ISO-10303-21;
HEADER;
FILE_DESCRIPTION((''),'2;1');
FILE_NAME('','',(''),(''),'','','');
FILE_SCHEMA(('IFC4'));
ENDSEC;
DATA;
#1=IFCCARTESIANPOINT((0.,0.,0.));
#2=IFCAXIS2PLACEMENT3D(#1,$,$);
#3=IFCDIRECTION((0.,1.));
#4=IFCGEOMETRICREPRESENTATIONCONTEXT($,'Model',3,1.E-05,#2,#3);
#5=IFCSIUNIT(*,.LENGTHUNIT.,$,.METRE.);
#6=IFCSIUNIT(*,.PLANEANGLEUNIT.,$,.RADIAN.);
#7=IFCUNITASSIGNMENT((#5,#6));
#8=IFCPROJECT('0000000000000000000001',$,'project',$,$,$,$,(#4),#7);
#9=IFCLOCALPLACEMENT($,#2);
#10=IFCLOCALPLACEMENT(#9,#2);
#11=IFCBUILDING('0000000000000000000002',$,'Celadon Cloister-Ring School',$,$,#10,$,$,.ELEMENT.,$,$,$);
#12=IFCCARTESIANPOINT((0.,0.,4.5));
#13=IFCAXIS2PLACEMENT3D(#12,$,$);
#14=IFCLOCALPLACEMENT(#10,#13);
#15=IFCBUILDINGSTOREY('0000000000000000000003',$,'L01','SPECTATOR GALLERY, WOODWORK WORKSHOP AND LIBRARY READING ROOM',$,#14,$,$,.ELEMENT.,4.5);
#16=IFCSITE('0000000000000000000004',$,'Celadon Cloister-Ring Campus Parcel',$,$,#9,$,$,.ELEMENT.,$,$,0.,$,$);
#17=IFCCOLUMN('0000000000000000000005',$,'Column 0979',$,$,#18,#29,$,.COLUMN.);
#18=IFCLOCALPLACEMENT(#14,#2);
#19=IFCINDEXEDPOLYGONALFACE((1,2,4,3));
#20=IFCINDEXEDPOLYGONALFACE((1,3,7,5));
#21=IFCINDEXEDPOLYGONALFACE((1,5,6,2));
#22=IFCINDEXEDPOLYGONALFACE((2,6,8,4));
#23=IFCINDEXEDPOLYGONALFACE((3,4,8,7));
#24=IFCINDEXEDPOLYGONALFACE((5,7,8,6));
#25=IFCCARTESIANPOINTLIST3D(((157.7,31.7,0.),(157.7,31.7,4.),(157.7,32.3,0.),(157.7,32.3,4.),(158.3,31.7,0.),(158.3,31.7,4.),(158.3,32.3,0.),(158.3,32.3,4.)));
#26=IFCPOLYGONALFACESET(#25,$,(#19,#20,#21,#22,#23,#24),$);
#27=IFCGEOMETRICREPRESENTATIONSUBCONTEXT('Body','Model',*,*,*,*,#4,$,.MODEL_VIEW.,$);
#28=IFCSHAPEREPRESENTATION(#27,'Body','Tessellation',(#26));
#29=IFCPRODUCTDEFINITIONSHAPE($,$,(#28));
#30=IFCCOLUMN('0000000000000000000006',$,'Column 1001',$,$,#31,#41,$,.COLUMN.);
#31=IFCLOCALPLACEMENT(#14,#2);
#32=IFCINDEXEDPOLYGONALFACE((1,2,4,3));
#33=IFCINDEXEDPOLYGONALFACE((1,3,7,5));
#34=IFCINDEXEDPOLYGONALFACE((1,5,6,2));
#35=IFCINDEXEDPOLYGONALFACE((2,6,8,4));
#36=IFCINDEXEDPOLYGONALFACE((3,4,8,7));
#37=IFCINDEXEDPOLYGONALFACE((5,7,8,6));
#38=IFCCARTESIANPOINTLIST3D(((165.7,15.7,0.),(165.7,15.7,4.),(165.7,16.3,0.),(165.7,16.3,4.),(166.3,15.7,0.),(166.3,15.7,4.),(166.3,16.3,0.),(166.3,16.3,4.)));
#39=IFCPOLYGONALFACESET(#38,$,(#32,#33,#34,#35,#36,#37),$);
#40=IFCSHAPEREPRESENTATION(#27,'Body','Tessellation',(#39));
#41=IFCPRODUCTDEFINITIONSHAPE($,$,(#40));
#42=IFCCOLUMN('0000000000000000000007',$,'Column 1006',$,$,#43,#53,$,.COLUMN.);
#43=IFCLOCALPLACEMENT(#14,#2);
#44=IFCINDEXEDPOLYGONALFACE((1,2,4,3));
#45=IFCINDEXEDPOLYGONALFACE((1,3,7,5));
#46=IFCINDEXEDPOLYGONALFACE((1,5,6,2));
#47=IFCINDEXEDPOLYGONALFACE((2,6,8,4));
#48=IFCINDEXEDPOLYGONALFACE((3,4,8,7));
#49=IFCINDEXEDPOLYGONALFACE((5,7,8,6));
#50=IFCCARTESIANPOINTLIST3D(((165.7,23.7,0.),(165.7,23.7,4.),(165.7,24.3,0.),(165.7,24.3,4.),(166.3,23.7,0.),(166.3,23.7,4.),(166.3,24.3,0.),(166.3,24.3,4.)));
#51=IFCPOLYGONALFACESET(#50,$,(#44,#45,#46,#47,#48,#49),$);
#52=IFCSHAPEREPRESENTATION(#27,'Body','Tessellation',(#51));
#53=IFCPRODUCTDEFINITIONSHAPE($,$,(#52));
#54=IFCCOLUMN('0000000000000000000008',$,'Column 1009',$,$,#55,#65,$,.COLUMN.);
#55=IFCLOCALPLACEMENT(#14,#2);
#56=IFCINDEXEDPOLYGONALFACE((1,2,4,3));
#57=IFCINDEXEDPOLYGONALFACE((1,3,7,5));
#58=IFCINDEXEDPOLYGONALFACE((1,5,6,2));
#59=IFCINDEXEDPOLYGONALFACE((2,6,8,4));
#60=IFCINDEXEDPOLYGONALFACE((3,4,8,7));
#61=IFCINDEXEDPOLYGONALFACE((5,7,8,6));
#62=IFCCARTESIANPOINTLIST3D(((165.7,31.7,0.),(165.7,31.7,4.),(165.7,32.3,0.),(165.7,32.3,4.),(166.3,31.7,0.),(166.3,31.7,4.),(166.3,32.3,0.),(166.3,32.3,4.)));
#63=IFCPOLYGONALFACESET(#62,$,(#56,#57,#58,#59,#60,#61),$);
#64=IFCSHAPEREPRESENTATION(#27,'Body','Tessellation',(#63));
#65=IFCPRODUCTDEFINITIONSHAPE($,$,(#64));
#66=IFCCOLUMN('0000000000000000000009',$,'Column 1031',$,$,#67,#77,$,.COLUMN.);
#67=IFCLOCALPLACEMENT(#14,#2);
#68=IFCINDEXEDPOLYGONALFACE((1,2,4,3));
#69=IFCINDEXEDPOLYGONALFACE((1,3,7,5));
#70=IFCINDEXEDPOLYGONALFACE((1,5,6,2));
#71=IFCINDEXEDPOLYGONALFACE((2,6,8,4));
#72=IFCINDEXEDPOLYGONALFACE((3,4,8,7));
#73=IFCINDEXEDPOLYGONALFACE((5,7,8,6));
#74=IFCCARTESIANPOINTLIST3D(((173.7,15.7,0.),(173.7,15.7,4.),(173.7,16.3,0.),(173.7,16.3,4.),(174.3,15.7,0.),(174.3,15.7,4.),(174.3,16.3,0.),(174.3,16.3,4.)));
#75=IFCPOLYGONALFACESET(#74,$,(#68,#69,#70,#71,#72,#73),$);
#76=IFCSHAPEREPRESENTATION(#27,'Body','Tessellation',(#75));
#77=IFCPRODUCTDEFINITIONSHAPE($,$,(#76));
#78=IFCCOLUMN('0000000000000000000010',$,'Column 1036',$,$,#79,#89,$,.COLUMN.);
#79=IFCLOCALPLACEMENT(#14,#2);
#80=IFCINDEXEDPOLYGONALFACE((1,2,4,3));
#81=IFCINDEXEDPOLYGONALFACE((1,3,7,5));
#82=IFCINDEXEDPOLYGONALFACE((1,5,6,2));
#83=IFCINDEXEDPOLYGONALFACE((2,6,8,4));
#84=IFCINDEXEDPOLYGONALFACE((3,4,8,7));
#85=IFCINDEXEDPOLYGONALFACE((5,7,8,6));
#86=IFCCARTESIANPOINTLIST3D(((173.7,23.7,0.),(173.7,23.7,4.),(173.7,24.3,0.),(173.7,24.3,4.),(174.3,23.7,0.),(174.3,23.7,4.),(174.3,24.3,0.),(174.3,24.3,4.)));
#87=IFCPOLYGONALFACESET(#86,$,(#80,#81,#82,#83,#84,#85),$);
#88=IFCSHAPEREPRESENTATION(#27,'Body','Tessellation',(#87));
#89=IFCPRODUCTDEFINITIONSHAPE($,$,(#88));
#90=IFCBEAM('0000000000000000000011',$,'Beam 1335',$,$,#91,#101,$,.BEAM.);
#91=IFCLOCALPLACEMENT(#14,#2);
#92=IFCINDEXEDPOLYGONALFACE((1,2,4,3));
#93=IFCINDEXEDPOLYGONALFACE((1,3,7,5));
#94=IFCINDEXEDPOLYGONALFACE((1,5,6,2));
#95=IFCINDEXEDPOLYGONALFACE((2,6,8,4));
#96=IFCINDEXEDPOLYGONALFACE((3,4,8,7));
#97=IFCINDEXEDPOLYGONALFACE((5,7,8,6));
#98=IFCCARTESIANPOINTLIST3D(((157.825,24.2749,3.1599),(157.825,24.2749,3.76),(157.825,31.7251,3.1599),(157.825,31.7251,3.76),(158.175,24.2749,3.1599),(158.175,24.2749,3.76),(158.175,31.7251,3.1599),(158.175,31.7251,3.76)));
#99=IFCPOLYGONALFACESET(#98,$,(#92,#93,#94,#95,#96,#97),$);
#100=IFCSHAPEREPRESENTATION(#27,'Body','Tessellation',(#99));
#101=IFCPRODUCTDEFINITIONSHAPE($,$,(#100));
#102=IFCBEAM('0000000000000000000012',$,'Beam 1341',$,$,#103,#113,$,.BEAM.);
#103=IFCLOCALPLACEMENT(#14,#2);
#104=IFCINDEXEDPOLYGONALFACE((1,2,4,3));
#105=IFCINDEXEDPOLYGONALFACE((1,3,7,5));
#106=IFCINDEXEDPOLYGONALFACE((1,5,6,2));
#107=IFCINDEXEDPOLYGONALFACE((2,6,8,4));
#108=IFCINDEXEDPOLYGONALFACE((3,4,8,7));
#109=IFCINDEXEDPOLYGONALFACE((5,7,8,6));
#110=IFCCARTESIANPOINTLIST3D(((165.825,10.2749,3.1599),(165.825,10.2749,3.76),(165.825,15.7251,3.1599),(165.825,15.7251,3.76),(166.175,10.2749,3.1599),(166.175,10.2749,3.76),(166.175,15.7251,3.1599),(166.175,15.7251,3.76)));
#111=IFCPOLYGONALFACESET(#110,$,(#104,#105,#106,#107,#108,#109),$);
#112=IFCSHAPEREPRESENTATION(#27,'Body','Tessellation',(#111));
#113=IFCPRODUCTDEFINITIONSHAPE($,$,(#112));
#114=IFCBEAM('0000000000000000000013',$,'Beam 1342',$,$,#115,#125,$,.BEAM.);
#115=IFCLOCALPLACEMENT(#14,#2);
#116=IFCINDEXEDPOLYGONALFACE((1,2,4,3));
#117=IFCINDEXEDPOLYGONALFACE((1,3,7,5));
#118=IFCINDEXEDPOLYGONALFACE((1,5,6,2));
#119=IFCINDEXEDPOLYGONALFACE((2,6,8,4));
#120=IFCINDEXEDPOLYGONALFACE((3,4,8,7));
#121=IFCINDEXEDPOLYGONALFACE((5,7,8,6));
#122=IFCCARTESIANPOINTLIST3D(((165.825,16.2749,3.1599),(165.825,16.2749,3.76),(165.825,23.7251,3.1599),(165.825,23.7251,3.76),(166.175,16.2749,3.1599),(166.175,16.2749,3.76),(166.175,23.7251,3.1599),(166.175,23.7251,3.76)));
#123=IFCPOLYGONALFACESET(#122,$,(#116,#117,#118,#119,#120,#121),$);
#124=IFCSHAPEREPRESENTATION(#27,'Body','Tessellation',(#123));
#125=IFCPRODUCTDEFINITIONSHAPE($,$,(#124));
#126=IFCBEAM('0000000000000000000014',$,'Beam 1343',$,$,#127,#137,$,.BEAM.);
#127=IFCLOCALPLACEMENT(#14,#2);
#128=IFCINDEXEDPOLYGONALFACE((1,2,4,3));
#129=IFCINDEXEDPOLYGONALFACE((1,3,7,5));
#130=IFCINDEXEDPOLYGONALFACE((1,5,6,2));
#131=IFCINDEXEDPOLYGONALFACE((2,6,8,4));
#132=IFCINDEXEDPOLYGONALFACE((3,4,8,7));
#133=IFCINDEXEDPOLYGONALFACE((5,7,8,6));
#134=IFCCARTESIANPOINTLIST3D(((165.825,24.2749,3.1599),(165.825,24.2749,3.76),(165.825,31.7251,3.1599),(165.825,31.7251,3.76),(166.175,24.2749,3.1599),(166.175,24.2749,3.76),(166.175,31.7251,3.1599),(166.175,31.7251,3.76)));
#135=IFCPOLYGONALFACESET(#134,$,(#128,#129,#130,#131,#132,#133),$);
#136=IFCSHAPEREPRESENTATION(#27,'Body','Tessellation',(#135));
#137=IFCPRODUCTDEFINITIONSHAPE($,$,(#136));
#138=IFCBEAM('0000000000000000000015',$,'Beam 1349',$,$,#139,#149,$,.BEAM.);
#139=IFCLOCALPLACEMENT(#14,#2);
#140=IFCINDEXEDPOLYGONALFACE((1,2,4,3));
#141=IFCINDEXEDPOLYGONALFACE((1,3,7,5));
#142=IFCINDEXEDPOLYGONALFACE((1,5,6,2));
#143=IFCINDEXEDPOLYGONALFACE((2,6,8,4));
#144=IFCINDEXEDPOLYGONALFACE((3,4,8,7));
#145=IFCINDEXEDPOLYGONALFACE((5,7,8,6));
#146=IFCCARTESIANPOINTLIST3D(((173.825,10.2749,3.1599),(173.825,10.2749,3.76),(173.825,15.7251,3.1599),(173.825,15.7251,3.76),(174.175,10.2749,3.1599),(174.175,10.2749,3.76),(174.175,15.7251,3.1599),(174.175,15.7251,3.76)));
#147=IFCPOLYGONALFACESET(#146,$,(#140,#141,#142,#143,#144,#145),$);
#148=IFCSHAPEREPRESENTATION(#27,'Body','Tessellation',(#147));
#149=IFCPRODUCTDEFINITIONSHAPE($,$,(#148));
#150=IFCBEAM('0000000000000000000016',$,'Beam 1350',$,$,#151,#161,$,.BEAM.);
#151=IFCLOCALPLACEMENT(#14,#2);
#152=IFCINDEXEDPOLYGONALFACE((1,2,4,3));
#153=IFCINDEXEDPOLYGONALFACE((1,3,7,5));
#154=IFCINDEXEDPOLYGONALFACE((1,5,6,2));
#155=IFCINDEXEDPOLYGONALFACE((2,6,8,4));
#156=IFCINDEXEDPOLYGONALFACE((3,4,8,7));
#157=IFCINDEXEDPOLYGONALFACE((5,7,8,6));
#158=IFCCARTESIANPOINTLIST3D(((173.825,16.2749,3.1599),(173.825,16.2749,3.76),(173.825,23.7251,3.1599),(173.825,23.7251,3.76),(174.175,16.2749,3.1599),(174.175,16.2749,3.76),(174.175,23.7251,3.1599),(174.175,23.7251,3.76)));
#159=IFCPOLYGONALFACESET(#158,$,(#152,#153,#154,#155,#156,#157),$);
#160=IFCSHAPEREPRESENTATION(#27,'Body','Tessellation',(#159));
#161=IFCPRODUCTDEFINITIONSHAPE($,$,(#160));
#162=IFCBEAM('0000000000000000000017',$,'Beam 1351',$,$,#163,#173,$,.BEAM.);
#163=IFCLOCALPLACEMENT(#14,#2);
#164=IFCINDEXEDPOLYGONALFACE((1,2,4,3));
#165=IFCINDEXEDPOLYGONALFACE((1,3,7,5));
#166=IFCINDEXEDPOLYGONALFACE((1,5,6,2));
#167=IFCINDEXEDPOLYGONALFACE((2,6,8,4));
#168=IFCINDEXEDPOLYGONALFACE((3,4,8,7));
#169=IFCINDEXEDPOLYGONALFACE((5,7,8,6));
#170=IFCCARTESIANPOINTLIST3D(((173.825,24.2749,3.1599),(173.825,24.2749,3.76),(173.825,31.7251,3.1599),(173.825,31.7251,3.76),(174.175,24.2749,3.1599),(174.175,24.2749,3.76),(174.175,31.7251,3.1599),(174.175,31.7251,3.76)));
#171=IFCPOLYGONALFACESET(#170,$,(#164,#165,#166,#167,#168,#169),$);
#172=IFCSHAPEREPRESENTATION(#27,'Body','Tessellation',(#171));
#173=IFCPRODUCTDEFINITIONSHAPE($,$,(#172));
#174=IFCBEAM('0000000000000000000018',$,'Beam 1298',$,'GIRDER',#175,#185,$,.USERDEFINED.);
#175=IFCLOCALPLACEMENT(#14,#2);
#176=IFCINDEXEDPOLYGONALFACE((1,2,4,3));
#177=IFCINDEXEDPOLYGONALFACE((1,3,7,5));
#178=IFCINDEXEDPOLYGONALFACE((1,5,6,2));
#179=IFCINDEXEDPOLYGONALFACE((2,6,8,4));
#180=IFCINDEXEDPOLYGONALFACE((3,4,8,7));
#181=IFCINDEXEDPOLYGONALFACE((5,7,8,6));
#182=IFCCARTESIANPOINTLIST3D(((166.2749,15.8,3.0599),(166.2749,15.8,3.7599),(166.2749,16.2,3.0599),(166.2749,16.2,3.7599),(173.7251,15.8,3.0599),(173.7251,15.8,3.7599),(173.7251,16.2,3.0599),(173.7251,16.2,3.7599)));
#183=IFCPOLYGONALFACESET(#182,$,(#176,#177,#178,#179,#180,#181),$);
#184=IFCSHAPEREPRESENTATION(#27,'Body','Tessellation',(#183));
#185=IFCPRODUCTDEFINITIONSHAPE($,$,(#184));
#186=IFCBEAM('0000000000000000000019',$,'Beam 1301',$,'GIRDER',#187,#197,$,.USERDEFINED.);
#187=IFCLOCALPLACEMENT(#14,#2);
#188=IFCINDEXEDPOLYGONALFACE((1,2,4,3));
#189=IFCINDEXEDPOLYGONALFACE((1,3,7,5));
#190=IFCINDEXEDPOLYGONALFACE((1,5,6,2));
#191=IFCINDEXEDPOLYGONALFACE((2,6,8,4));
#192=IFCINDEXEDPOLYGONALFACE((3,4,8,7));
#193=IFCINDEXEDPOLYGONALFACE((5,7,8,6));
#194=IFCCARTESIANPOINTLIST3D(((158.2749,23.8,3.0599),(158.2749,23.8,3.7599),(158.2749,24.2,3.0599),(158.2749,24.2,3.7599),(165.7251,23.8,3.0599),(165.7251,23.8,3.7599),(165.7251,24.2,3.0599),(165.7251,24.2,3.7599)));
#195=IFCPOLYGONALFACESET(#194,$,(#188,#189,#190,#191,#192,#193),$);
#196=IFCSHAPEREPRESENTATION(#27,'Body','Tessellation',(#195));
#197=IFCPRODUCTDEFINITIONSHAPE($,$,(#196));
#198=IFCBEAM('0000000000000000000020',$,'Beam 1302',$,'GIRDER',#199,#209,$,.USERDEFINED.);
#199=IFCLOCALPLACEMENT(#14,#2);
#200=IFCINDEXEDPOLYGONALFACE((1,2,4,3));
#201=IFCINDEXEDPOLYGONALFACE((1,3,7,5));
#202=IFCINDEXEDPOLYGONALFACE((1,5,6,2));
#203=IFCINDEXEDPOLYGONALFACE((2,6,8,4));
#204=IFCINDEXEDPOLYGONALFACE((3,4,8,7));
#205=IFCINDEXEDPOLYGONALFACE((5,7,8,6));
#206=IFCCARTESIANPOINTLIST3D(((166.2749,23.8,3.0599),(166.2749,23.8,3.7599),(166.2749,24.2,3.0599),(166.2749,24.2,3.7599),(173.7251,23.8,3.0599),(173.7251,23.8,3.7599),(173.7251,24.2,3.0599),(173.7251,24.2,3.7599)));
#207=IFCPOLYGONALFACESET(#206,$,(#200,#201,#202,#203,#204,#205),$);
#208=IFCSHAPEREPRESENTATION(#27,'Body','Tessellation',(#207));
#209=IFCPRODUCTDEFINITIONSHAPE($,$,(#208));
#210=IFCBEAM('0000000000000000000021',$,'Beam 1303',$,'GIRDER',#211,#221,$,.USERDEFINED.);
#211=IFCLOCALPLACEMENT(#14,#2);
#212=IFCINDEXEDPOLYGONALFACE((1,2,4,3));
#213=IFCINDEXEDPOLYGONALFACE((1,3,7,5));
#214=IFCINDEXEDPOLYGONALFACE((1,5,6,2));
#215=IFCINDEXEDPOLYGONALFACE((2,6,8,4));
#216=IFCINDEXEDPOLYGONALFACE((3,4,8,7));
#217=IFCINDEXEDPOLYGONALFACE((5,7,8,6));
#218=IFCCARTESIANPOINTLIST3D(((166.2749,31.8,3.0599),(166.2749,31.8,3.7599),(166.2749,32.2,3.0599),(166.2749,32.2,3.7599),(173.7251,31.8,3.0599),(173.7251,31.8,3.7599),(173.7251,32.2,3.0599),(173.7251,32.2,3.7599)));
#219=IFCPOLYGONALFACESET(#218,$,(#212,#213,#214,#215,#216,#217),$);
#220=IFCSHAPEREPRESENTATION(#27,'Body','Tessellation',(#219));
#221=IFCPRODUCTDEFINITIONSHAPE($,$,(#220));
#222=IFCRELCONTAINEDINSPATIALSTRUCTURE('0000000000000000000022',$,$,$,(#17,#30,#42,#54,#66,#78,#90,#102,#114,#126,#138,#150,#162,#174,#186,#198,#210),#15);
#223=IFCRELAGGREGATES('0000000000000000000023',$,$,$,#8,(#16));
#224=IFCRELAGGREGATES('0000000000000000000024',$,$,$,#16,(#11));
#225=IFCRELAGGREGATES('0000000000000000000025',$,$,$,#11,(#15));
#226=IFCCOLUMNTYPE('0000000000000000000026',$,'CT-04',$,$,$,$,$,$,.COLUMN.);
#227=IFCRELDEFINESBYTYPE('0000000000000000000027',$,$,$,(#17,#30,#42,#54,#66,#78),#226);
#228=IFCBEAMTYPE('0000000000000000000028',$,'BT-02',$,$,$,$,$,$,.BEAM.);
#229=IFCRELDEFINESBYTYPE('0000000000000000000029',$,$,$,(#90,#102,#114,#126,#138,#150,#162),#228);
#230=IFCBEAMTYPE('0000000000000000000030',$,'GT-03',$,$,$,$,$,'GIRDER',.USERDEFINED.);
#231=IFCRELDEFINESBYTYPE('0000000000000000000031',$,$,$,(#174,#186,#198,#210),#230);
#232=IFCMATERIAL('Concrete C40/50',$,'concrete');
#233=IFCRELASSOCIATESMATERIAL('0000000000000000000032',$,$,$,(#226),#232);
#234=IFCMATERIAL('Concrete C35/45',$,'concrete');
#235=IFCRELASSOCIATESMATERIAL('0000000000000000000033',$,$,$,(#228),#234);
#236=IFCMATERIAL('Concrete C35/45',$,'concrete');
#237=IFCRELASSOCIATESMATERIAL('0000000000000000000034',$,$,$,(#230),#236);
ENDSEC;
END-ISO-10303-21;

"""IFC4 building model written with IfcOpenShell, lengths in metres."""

from ifc_helpers import new_model, si_unit, direction, frame, origin, origin_2d, place, context, subcontext, project, spatial, rectangle, extrude, material, material_profile, profile_set, type_object, element, save


model = new_model("IFC4")

# Units and contexts
model_context = context("Model", 3, precision=1e-05, world=origin(), true_north=direction((0.0, 1.0)))
body_context = subcontext(model_context, "Body", "Model", "MODEL_VIEW")
ifc_project = project(units=[si_unit("LENGTHUNIT", "METRE"), si_unit("PLANEANGLEUNIT", "RADIAN")], contexts=[model_context])

# Site, building, storey
site_placement = place(None, origin())
site = spatial("IfcSite", under=ifc_project, at=site_placement, Name="Celadon Cloister-Ring Campus Parcel", CompositionType="ELEMENT", RefElevation=0.0)
building_placement = place(site_placement, origin())
building = spatial("IfcBuilding", under=site, at=building_placement, Name="Celadon Cloister-Ring School", CompositionType="ELEMENT")
storey_placement = place(building_placement, frame((0.0, 0.0, 4.5)))
storey = spatial("IfcBuildingStorey", under=building, at=storey_placement, Name="L01", Description="SPECTATOR GALLERY, WOODWORK WORKSHOP AND LIBRARY READING ROOM", CompositionType="ELEMENT", Elevation=4.5)

# Columns
ifc_material_1 = material(Name="Concrete C40/50", Category="concrete")
ifc_material_profile_1 = material_profile(ifc_material_1, rectangle(XDim=0.6001, YDim=0.6001, at=origin_2d()), Name="RC600X600")
ifc_profile_set_1 = profile_set([ifc_material_profile_1], Name="Concrete C40/50")
column_type = type_object("IfcColumnType", Name="CT-04", PredefinedType="COLUMN", material=ifc_profile_set_1)
for number, where, z_axis, x_axis, name in (
    (1, (158.0, 32.0, 0.0), (0.0, 0.0, 1.0), (1.0, 0.0, 0.0), "Column 0979"),
    (2, (166.0, 16.0, 0.0), (0.0, 0.0, 1.0), (1.0, 0.0, 0.0), "Column 1001"),
    (3, (166.0, 24.0, 0.0), (0.0, 0.0, 1.0), (1.0, 0.0, 0.0), "Column 1006"),
    (4, (166.0, 32.0, 0.0), (0.0, 0.0, 1.0), (1.0, 0.0, 0.0), "Column 1009"),
    (5, (174.0, 16.0, 0.0), (0.0, 0.0, 1.0), (1.0, 0.0, 0.0), "Column 1031"),
    (6, (174.0, 24.0, 0.0), (0.0, 0.0, 1.0), (1.0, 0.0, 0.0), "Column 1036"),
):
    element("IfcColumn", number, at=place(storey_placement, frame(where, z_axis=z_axis, x_axis=x_axis)), inside=storey, type_object=column_type, Name=name, PredefinedType="COLUMN", context=body_context, shape_type="SweptSolid", body=[
        extrude(rectangle(XDim=0.6001, YDim=0.6001, at=origin_2d()), origin(), (0.0, 0.0, 1.0), 4.0),
    ])

# Beams
ifc_material_2 = material(Name="Concrete C35/45", Category="concrete")
ifc_material_profile_2 = material_profile(ifc_material_2, rectangle(XDim=0.3501, YDim=0.6001, at=origin_2d()), Name="RC350X600")
ifc_profile_set_2 = profile_set([ifc_material_profile_2], Name="Concrete C35/45")
beam_type_1 = type_object("IfcBeamType", Name="BT-02", PredefinedType="BEAM", material=ifc_profile_set_2)
beam_1_placement = place(storey_placement, frame((158.0, 24.2749, 3.46), z_axis=(0.0, 1.0, 0.0), x_axis=(-1.0, 0.0, 0.0)))
element("IfcBeam", 7, at=beam_1_placement, inside=storey, type_object=beam_type_1, Name="Beam 1335", PredefinedType="BEAM", context=body_context, shape_type="SweptSolid", body=[
    extrude(rectangle(XDim=0.3501, YDim=0.6001, at=origin_2d()), origin(), (0.0, 0.0, 1.0), 7.4502),
])
beam_2_placement = place(storey_placement, frame((166.0, 10.2749, 3.46), z_axis=(0.0, 1.0, 0.0), x_axis=(-1.0, 0.0, 0.0)))
element("IfcBeam", 8, at=beam_2_placement, inside=storey, type_object=beam_type_1, Name="Beam 1341", PredefinedType="BEAM", context=body_context, shape_type="SweptSolid", body=[
    extrude(rectangle(XDim=0.3501, YDim=0.6001, at=origin_2d()), origin(), (0.0, 0.0, 1.0), 5.4502),
])
for number, where, z_axis, x_axis, name in (
    (9, (166.0, 16.2749, 3.46), (0.0, 1.0, 0.0), (-1.0, 0.0, 0.0), "Beam 1342"),
    (10, (166.0, 24.2749, 3.46), (0.0, 1.0, 0.0), (-1.0, 0.0, 0.0), "Beam 1343"),
):
    element("IfcBeam", number, at=place(storey_placement, frame(where, z_axis=z_axis, x_axis=x_axis)), inside=storey, type_object=beam_type_1, Name=name, PredefinedType="BEAM", context=body_context, shape_type="SweptSolid", body=[
        extrude(rectangle(XDim=0.3501, YDim=0.6001, at=origin_2d()), origin(), (0.0, 0.0, 1.0), 7.4502),
    ])
beam_3_placement = place(storey_placement, frame((174.0, 10.2749, 3.46), z_axis=(0.0, 1.0, 0.0), x_axis=(-1.0, 0.0, 0.0)))
element("IfcBeam", 11, at=beam_3_placement, inside=storey, type_object=beam_type_1, Name="Beam 1349", PredefinedType="BEAM", context=body_context, shape_type="SweptSolid", body=[
    extrude(rectangle(XDim=0.3501, YDim=0.6001, at=origin_2d()), origin(), (0.0, 0.0, 1.0), 5.4502),
])
for number, where, z_axis, x_axis, name in (
    (12, (174.0, 16.2749, 3.46), (0.0, 1.0, 0.0), (-1.0, 0.0, 0.0), "Beam 1350"),
    (13, (174.0, 24.2749, 3.46), (0.0, 1.0, 0.0), (-1.0, 0.0, 0.0), "Beam 1351"),
):
    element("IfcBeam", number, at=place(storey_placement, frame(where, z_axis=z_axis, x_axis=x_axis)), inside=storey, type_object=beam_type_1, Name=name, PredefinedType="BEAM", context=body_context, shape_type="SweptSolid", body=[
        extrude(rectangle(XDim=0.3501, YDim=0.6001, at=origin_2d()), origin(), (0.0, 0.0, 1.0), 7.4502),
    ])
ifc_material_3 = material(Name="Concrete C35/45", Category="concrete")
ifc_material_profile_3 = material_profile(ifc_material_3, rectangle(XDim=0.3999, YDim=0.7, at=origin_2d()), Name="RC400X700")
ifc_profile_set_3 = profile_set([ifc_material_profile_3], Name="Concrete C35/45")
beam_type_2 = type_object("IfcBeamType", Name="GT-03", ElementType="GIRDER", PredefinedType="USERDEFINED", material=ifc_profile_set_3)
for number, where, z_axis, x_axis, name in (
    (14, (166.2749, 16.0, 3.4099), (1.0, 0.0, 0.0), (0.0, 1.0, 0.0), "Beam 1298"),
    (15, (158.2749, 24.0, 3.4099), (1.0, 0.0, 0.0), (0.0, 1.0, 0.0), "Beam 1301"),
    (16, (166.2749, 24.0, 3.4099), (1.0, 0.0, 0.0), (0.0, 1.0, 0.0), "Beam 1302"),
    (17, (166.2749, 32.0, 3.4099), (1.0, 0.0, 0.0), (0.0, 1.0, 0.0), "Beam 1303"),
):
    element("IfcBeam", number, at=place(storey_placement, frame(where, z_axis=z_axis, x_axis=x_axis)), inside=storey, type_object=beam_type_2, Name=name, ObjectType="GIRDER", PredefinedType="USERDEFINED", context=body_context, shape_type="SweptSolid", body=[
        extrude(rectangle(XDim=0.3999, YDim=0.7, at=origin_2d()), origin(), (0.0, 0.0, 1.0), 7.4502),
    ])

save(model, "model.ifc")
